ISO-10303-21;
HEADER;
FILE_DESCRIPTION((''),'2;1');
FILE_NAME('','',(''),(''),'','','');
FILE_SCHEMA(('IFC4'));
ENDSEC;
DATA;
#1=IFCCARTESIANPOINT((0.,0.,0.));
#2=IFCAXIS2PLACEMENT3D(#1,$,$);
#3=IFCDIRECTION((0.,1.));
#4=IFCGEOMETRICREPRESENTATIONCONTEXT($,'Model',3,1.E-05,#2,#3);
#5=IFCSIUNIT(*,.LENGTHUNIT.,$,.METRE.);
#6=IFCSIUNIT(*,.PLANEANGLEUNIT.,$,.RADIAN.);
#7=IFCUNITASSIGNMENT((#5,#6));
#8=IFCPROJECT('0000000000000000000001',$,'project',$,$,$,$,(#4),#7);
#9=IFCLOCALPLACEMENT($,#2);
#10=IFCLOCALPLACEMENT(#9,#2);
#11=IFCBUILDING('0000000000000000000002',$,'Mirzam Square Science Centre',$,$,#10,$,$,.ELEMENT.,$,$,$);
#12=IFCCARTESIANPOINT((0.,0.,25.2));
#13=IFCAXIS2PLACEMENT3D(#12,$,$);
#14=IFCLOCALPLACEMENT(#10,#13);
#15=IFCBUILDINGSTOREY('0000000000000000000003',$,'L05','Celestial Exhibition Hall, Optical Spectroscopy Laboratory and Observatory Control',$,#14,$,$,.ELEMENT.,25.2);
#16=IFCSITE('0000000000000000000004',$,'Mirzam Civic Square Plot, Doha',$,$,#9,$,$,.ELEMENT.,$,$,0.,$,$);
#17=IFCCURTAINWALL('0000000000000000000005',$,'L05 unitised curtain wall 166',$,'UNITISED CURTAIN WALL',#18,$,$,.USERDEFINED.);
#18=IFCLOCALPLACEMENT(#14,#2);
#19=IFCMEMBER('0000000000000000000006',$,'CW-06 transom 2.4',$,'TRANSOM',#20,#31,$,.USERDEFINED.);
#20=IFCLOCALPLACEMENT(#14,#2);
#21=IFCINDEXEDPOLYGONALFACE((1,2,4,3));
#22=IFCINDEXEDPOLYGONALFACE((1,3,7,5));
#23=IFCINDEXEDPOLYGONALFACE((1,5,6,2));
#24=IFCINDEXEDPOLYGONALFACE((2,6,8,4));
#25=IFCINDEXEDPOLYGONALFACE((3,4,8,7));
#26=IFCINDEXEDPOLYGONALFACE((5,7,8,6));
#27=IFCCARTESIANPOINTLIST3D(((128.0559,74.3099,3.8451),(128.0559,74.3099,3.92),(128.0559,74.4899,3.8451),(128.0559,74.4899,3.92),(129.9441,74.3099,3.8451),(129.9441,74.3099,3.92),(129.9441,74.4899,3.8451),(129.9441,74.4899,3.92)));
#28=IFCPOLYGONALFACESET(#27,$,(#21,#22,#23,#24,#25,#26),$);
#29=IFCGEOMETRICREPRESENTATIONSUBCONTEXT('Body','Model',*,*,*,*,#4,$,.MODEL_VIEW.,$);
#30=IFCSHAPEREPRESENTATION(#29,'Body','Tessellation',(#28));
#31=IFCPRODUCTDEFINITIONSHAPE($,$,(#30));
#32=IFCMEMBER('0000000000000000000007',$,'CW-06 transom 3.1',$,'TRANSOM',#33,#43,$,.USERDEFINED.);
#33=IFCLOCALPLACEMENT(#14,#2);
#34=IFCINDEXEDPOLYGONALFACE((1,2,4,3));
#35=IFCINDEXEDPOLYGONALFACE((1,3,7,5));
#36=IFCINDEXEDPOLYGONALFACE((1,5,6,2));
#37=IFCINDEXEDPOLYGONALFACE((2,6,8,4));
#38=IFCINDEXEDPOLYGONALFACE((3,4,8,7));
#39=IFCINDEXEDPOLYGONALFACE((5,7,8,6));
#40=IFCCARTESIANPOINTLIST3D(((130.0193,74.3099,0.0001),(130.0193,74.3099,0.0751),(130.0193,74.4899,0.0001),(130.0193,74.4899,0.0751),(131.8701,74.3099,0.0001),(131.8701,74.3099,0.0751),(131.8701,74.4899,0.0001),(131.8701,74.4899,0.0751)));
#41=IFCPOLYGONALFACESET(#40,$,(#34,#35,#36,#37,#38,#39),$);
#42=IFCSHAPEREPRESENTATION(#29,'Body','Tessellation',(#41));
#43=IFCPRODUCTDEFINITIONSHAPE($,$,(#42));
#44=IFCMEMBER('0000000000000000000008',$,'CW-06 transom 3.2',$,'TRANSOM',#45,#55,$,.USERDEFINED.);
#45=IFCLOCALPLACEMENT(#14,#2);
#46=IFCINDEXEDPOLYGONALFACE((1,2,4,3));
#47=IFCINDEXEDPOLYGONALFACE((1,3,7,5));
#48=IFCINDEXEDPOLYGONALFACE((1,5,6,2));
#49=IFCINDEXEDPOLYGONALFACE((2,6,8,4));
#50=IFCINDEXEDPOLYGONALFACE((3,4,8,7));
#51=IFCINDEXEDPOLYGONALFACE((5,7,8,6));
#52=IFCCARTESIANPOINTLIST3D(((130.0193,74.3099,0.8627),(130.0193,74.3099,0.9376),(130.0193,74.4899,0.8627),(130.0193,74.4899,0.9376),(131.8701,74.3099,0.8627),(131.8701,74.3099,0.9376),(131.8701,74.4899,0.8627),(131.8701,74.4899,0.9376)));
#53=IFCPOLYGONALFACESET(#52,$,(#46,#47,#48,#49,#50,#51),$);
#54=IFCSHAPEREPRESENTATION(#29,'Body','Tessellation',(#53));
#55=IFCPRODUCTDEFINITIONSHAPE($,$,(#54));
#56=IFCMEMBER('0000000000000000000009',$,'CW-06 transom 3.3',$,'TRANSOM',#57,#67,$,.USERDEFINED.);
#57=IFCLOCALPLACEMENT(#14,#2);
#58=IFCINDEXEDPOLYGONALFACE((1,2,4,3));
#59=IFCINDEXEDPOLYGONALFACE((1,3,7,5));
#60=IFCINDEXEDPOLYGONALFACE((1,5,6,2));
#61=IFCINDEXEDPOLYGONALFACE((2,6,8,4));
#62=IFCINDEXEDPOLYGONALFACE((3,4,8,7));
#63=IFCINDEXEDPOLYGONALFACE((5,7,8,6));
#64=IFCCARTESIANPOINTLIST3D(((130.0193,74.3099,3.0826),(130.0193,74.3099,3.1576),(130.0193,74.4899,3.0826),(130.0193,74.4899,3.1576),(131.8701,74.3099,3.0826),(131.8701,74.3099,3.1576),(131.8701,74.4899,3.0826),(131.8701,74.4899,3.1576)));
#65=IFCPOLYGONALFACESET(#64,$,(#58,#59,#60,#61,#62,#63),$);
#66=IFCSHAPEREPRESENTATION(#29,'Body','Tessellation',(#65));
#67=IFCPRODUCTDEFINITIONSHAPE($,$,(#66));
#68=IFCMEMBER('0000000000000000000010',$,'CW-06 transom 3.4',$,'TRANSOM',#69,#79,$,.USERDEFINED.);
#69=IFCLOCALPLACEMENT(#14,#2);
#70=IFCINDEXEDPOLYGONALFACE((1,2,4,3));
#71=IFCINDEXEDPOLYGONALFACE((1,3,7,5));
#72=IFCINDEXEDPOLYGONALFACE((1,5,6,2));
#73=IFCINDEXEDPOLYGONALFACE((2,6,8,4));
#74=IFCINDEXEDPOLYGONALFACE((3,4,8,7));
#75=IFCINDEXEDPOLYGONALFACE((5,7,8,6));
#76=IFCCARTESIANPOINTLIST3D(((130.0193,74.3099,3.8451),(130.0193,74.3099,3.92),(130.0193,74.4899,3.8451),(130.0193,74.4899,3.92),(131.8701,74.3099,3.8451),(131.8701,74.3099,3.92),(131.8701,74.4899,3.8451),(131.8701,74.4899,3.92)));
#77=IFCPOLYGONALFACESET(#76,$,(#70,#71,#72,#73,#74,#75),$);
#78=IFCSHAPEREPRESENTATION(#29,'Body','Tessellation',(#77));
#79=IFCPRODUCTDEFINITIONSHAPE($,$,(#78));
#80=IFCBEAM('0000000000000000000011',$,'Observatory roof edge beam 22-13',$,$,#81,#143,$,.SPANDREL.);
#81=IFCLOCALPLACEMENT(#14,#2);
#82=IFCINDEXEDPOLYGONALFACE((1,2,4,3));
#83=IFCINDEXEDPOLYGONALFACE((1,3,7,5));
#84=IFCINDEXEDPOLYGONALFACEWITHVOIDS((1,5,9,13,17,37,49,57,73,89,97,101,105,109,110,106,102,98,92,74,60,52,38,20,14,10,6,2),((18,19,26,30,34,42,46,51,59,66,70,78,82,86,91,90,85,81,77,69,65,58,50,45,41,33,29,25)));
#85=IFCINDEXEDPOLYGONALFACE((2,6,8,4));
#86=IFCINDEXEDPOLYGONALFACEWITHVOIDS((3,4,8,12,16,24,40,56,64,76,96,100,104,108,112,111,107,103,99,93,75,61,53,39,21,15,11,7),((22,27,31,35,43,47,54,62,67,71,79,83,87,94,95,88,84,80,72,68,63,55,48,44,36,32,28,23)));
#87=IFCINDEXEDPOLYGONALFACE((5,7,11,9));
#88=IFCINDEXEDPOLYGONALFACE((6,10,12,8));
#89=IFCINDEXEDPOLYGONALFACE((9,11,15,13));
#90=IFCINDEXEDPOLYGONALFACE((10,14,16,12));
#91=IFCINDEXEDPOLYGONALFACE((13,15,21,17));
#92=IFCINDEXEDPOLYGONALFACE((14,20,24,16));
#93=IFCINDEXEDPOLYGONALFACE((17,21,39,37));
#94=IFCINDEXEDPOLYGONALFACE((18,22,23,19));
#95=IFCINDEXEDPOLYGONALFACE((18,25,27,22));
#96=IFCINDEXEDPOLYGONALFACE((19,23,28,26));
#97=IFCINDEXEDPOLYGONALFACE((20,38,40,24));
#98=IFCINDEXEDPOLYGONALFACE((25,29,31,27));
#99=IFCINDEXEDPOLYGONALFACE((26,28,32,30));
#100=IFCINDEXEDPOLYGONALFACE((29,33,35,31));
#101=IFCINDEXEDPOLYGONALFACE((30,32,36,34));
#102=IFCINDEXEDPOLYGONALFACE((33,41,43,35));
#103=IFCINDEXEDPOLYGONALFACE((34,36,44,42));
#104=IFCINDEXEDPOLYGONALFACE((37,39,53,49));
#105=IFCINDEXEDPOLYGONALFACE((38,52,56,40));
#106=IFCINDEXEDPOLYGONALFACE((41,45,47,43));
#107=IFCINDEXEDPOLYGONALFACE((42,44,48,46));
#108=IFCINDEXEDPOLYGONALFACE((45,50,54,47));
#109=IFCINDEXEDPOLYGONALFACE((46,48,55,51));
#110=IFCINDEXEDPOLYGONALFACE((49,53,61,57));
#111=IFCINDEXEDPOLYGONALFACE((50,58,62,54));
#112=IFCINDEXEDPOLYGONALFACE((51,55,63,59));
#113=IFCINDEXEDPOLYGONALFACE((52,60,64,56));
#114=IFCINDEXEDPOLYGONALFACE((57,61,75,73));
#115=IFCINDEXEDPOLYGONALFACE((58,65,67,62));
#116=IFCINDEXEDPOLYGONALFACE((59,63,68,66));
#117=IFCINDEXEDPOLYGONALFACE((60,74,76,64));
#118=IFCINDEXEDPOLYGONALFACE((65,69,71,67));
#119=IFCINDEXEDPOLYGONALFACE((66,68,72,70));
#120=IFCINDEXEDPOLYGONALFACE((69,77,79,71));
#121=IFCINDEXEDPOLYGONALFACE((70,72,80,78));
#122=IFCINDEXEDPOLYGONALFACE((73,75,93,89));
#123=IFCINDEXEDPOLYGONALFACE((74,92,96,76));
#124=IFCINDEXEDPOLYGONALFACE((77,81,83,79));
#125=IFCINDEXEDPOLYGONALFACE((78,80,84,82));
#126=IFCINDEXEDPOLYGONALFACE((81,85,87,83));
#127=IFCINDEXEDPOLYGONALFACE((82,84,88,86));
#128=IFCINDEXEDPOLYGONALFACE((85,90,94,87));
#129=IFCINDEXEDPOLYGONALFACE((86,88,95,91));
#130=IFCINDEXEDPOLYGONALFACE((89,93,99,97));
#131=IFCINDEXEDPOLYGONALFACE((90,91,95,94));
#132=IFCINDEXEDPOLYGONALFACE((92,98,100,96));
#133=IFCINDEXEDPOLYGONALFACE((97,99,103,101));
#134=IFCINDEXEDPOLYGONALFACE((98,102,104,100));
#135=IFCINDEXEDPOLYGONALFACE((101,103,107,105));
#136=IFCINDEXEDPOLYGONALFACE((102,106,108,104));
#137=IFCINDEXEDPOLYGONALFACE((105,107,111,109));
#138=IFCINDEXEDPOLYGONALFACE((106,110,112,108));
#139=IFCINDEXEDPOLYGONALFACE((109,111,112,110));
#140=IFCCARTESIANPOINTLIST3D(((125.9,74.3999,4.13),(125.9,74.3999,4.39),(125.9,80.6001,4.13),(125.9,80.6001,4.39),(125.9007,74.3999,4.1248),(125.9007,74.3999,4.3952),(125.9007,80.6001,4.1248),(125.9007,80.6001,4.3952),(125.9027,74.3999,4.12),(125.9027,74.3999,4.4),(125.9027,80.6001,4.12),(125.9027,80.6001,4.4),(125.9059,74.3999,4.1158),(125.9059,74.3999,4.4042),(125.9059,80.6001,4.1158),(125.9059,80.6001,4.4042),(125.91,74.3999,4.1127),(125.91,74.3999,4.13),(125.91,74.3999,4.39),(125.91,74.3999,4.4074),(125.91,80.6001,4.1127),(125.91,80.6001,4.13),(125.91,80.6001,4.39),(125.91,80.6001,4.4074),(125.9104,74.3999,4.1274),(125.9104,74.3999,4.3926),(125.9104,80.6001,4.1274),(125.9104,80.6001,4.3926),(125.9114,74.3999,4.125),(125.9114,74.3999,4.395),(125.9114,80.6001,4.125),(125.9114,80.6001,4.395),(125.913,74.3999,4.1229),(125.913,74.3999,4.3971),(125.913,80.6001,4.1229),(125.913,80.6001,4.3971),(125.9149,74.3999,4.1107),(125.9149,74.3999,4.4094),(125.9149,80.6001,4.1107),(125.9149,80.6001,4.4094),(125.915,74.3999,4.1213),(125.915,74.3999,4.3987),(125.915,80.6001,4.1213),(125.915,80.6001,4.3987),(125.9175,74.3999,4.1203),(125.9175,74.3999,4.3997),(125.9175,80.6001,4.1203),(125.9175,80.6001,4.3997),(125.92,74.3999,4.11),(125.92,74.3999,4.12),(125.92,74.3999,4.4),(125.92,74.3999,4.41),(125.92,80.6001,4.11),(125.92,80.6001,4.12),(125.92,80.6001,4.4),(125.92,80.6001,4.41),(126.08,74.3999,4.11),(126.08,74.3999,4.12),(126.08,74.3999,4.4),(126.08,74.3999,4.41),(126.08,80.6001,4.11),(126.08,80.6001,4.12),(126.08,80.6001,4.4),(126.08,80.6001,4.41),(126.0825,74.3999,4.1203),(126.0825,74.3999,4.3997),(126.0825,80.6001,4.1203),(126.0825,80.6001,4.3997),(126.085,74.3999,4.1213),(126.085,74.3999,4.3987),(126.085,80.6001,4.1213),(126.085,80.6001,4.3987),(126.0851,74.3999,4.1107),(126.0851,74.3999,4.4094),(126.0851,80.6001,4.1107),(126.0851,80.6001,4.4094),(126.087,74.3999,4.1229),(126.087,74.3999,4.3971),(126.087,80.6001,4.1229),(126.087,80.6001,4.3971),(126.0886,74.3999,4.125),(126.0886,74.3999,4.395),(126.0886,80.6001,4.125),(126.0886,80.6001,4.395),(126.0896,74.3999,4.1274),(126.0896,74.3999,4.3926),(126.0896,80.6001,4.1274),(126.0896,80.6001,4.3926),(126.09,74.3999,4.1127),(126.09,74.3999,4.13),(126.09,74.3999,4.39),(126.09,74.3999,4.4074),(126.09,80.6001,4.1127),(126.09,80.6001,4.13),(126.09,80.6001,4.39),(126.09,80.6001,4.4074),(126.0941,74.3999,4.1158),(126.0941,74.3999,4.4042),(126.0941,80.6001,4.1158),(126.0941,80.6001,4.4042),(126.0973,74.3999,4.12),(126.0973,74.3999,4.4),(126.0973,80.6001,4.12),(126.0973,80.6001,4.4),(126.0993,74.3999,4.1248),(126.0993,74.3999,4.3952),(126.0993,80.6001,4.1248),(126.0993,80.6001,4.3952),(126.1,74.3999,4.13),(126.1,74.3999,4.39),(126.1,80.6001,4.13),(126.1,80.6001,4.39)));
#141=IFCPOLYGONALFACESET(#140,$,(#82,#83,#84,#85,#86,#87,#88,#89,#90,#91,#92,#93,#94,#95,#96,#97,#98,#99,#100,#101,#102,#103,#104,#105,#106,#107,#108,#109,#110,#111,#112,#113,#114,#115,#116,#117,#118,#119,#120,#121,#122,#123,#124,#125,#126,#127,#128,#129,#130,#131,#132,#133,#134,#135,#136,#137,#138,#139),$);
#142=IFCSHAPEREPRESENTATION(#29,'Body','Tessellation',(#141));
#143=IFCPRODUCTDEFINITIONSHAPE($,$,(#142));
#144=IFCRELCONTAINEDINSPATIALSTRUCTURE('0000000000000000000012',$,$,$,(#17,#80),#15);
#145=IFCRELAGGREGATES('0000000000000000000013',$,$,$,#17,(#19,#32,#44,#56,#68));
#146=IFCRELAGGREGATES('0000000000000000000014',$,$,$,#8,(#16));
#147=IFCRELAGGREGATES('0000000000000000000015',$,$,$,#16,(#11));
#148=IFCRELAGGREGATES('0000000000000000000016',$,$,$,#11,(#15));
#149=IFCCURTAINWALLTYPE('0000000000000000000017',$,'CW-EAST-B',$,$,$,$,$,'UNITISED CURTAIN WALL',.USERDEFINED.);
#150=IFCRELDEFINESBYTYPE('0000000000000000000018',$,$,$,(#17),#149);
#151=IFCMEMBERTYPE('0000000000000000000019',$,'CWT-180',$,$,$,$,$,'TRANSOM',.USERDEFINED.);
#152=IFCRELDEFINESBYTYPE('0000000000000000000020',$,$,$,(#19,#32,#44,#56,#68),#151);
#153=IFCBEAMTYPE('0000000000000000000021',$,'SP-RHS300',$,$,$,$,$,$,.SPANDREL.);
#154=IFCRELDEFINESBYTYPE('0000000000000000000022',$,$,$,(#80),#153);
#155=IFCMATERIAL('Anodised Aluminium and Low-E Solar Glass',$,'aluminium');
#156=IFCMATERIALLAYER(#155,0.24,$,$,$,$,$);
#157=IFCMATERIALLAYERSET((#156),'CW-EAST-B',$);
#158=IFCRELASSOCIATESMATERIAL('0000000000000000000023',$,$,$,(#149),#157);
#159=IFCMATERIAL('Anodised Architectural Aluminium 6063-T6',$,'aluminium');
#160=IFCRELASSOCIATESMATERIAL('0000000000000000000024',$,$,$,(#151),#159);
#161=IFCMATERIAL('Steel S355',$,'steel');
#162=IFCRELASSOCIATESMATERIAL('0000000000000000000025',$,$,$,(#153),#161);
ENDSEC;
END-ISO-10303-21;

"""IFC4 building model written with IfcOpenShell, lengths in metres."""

from ifc_helpers import new_model, si_unit, direction, frame, origin, origin_2d, place, context, subcontext, project, spatial, rectangle, hollow_rectangle, extrude, material, layer, layer_set, material_profile, profile_set, type_object, element, aggregate, save


model = new_model("IFC4")

# Units and contexts
model_context = context("Model", 3, precision=1e-05, world=origin(), true_north=direction((0.0, 1.0)))
body_context = subcontext(model_context, "Body", "Model", "MODEL_VIEW")
ifc_project = project(units=[si_unit("LENGTHUNIT", "METRE"), si_unit("PLANEANGLEUNIT", "RADIAN")], contexts=[model_context])

# Site, building, storey
site_placement = place(None, origin())
site = spatial("IfcSite", under=ifc_project, at=site_placement, Name="Mirzam Civic Square Plot, Doha", CompositionType="ELEMENT", RefElevation=0.0)
building_placement = place(site_placement, origin())
building = spatial("IfcBuilding", under=site, at=building_placement, Name="Mirzam Square Science Centre", CompositionType="ELEMENT")
storey_placement = place(building_placement, frame((0.0, 0.0, 25.2)))
storey = spatial("IfcBuildingStorey", under=building, at=storey_placement, Name="L05", Description="Celestial Exhibition Hall, Optical Spectroscopy Laboratory and Observatory Control", CompositionType="ELEMENT", Elevation=25.2)

# Shared definitions
ifc_material_1 = material(Name="Steel S355", Category="steel")

# Curtain wall, members
ifc_material_2 = material(Name="Anodised Aluminium and Low-E Solar Glass", Category="aluminium")
ifc_layer_1 = layer(ifc_material_2, 0.24)
ifc_layer_set_1 = layer_set([ifc_layer_1], Name="CW-EAST-B")
curtain_wall_type = type_object("IfcCurtainWallType", Name="CW-EAST-B", ElementType="UNITISED CURTAIN WALL", PredefinedType="USERDEFINED", material=ifc_layer_set_1)
curtain_wall_placement = place(storey_placement, origin())
curtain_wall = element("IfcCurtainWall", 1, at=curtain_wall_placement, inside=storey, type_object=curtain_wall_type, Name="L05 unitised curtain wall 166", ObjectType="UNITISED CURTAIN WALL", PredefinedType="USERDEFINED")
ifc_material_3 = material(Name="Anodised Architectural Aluminium 6063-T6", Category="aluminium")
ifc_material_profile_1 = material_profile(ifc_material_3, rectangle(XDim=0.1799, YDim=0.075, at=origin_2d()), Name="ALU-TRAN-180x75x5")
ifc_profile_set_1 = profile_set([ifc_material_profile_1], Name="Anodised Architectural Aluminium 6063-T6")
member_type_1 = type_object("IfcMemberType", Name="CWT-180", ElementType="TRANSOM", PredefinedType="USERDEFINED", material=ifc_profile_set_1)
member_1_placement = place(storey_placement, frame((128.0559, 74.3999, 3.8826), z_axis=(1.0, 0.0, 0.0), x_axis=(0.0, 1.0, 0.0)))
member_1 = element("IfcMember", 2, at=member_1_placement, type_object=member_type_1, Name="CW-06 transom 2.4", ObjectType="TRANSOM", PredefinedType="USERDEFINED", context=body_context, shape_type="SweptSolid", body=[
    extrude(rectangle(XDim=0.1799, YDim=0.075, at=origin_2d()), origin(), (0.0, 0.0, 1.0), 1.8882),
])
member_2_placement = place(storey_placement, frame((130.0193, 74.3999, 0.0376), z_axis=(1.0, 0.0, 0.0), x_axis=(0.0, 1.0, 0.0)))
member_2 = element("IfcMember", 3, at=member_2_placement, type_object=member_type_1, Name="CW-06 transom 3.1", ObjectType="TRANSOM", PredefinedType="USERDEFINED", context=body_context, shape_type="SweptSolid", body=[
    extrude(rectangle(XDim=0.1799, YDim=0.075, at=origin_2d()), origin(), (0.0, 0.0, 1.0), 1.8508),
])
member_3_placement = place(storey_placement, frame((130.0193, 74.3999, 0.9001), z_axis=(1.0, 0.0, 0.0), x_axis=(0.0, 1.0, 0.0)))
member_3 = element("IfcMember", 4, at=member_3_placement, type_object=member_type_1, Name="CW-06 transom 3.2", ObjectType="TRANSOM", PredefinedType="USERDEFINED", context=body_context, shape_type="SweptSolid", body=[
    extrude(rectangle(XDim=0.1799, YDim=0.075, at=origin_2d()), origin(), (0.0, 0.0, 1.0), 1.8508),
])
member_4_placement = place(storey_placement, frame((130.0193, 74.3999, 3.1201), z_axis=(1.0, 0.0, 0.0), x_axis=(0.0, 1.0, 0.0)))
member_4 = element("IfcMember", 5, at=member_4_placement, type_object=member_type_1, Name="CW-06 transom 3.3", ObjectType="TRANSOM", PredefinedType="USERDEFINED", context=body_context, shape_type="SweptSolid", body=[
    extrude(rectangle(XDim=0.1799, YDim=0.075, at=origin_2d()), origin(), (0.0, 0.0, 1.0), 1.8508),
])
member_5_placement = place(storey_placement, frame((130.0193, 74.3999, 3.8826), z_axis=(1.0, 0.0, 0.0), x_axis=(0.0, 1.0, 0.0)))
member_5 = element("IfcMember", 6, at=member_5_placement, type_object=member_type_1, Name="CW-06 transom 3.4", ObjectType="TRANSOM", PredefinedType="USERDEFINED", context=body_context, shape_type="SweptSolid", body=[
    extrude(rectangle(XDim=0.1799, YDim=0.075, at=origin_2d()), origin(), (0.0, 0.0, 1.0), 1.8508),
])

# Beam
ifc_material_profile_2 = material_profile(ifc_material_1, hollow_rectangle(XDim=0.2, YDim=0.3, WallThickness=0.01, InnerFilletRadius=0.01, OuterFilletRadius=0.02, at=origin_2d()), Name="300x200x10.0RHS")
ifc_profile_set_2 = profile_set([ifc_material_profile_2], Name="Steel S355")
beam_type_1 = type_object("IfcBeamType", Name="SP-RHS300", PredefinedType="SPANDREL", material=ifc_profile_set_2)
beam_1_placement = place(storey_placement, frame((126.0, 74.3999, 4.26), z_axis=(0.0, 1.0, 0.0), x_axis=(-1.0, 0.0, 0.0)))
element("IfcBeam", 7, at=beam_1_placement, inside=storey, type_object=beam_type_1, Name="Observatory roof edge beam 22-13", PredefinedType="SPANDREL", context=body_context, shape_type="SweptSolid", body=[
    extrude(hollow_rectangle(XDim=0.2, YDim=0.3, WallThickness=0.01, InnerFilletRadius=0.01, OuterFilletRadius=0.02, at=origin_2d()), origin(), (0.0, 0.0, 1.0), 6.2002),
])

aggregate(curtain_wall, [member_1, member_2, member_3, member_4, member_5])

save(model, "model.ifc")
